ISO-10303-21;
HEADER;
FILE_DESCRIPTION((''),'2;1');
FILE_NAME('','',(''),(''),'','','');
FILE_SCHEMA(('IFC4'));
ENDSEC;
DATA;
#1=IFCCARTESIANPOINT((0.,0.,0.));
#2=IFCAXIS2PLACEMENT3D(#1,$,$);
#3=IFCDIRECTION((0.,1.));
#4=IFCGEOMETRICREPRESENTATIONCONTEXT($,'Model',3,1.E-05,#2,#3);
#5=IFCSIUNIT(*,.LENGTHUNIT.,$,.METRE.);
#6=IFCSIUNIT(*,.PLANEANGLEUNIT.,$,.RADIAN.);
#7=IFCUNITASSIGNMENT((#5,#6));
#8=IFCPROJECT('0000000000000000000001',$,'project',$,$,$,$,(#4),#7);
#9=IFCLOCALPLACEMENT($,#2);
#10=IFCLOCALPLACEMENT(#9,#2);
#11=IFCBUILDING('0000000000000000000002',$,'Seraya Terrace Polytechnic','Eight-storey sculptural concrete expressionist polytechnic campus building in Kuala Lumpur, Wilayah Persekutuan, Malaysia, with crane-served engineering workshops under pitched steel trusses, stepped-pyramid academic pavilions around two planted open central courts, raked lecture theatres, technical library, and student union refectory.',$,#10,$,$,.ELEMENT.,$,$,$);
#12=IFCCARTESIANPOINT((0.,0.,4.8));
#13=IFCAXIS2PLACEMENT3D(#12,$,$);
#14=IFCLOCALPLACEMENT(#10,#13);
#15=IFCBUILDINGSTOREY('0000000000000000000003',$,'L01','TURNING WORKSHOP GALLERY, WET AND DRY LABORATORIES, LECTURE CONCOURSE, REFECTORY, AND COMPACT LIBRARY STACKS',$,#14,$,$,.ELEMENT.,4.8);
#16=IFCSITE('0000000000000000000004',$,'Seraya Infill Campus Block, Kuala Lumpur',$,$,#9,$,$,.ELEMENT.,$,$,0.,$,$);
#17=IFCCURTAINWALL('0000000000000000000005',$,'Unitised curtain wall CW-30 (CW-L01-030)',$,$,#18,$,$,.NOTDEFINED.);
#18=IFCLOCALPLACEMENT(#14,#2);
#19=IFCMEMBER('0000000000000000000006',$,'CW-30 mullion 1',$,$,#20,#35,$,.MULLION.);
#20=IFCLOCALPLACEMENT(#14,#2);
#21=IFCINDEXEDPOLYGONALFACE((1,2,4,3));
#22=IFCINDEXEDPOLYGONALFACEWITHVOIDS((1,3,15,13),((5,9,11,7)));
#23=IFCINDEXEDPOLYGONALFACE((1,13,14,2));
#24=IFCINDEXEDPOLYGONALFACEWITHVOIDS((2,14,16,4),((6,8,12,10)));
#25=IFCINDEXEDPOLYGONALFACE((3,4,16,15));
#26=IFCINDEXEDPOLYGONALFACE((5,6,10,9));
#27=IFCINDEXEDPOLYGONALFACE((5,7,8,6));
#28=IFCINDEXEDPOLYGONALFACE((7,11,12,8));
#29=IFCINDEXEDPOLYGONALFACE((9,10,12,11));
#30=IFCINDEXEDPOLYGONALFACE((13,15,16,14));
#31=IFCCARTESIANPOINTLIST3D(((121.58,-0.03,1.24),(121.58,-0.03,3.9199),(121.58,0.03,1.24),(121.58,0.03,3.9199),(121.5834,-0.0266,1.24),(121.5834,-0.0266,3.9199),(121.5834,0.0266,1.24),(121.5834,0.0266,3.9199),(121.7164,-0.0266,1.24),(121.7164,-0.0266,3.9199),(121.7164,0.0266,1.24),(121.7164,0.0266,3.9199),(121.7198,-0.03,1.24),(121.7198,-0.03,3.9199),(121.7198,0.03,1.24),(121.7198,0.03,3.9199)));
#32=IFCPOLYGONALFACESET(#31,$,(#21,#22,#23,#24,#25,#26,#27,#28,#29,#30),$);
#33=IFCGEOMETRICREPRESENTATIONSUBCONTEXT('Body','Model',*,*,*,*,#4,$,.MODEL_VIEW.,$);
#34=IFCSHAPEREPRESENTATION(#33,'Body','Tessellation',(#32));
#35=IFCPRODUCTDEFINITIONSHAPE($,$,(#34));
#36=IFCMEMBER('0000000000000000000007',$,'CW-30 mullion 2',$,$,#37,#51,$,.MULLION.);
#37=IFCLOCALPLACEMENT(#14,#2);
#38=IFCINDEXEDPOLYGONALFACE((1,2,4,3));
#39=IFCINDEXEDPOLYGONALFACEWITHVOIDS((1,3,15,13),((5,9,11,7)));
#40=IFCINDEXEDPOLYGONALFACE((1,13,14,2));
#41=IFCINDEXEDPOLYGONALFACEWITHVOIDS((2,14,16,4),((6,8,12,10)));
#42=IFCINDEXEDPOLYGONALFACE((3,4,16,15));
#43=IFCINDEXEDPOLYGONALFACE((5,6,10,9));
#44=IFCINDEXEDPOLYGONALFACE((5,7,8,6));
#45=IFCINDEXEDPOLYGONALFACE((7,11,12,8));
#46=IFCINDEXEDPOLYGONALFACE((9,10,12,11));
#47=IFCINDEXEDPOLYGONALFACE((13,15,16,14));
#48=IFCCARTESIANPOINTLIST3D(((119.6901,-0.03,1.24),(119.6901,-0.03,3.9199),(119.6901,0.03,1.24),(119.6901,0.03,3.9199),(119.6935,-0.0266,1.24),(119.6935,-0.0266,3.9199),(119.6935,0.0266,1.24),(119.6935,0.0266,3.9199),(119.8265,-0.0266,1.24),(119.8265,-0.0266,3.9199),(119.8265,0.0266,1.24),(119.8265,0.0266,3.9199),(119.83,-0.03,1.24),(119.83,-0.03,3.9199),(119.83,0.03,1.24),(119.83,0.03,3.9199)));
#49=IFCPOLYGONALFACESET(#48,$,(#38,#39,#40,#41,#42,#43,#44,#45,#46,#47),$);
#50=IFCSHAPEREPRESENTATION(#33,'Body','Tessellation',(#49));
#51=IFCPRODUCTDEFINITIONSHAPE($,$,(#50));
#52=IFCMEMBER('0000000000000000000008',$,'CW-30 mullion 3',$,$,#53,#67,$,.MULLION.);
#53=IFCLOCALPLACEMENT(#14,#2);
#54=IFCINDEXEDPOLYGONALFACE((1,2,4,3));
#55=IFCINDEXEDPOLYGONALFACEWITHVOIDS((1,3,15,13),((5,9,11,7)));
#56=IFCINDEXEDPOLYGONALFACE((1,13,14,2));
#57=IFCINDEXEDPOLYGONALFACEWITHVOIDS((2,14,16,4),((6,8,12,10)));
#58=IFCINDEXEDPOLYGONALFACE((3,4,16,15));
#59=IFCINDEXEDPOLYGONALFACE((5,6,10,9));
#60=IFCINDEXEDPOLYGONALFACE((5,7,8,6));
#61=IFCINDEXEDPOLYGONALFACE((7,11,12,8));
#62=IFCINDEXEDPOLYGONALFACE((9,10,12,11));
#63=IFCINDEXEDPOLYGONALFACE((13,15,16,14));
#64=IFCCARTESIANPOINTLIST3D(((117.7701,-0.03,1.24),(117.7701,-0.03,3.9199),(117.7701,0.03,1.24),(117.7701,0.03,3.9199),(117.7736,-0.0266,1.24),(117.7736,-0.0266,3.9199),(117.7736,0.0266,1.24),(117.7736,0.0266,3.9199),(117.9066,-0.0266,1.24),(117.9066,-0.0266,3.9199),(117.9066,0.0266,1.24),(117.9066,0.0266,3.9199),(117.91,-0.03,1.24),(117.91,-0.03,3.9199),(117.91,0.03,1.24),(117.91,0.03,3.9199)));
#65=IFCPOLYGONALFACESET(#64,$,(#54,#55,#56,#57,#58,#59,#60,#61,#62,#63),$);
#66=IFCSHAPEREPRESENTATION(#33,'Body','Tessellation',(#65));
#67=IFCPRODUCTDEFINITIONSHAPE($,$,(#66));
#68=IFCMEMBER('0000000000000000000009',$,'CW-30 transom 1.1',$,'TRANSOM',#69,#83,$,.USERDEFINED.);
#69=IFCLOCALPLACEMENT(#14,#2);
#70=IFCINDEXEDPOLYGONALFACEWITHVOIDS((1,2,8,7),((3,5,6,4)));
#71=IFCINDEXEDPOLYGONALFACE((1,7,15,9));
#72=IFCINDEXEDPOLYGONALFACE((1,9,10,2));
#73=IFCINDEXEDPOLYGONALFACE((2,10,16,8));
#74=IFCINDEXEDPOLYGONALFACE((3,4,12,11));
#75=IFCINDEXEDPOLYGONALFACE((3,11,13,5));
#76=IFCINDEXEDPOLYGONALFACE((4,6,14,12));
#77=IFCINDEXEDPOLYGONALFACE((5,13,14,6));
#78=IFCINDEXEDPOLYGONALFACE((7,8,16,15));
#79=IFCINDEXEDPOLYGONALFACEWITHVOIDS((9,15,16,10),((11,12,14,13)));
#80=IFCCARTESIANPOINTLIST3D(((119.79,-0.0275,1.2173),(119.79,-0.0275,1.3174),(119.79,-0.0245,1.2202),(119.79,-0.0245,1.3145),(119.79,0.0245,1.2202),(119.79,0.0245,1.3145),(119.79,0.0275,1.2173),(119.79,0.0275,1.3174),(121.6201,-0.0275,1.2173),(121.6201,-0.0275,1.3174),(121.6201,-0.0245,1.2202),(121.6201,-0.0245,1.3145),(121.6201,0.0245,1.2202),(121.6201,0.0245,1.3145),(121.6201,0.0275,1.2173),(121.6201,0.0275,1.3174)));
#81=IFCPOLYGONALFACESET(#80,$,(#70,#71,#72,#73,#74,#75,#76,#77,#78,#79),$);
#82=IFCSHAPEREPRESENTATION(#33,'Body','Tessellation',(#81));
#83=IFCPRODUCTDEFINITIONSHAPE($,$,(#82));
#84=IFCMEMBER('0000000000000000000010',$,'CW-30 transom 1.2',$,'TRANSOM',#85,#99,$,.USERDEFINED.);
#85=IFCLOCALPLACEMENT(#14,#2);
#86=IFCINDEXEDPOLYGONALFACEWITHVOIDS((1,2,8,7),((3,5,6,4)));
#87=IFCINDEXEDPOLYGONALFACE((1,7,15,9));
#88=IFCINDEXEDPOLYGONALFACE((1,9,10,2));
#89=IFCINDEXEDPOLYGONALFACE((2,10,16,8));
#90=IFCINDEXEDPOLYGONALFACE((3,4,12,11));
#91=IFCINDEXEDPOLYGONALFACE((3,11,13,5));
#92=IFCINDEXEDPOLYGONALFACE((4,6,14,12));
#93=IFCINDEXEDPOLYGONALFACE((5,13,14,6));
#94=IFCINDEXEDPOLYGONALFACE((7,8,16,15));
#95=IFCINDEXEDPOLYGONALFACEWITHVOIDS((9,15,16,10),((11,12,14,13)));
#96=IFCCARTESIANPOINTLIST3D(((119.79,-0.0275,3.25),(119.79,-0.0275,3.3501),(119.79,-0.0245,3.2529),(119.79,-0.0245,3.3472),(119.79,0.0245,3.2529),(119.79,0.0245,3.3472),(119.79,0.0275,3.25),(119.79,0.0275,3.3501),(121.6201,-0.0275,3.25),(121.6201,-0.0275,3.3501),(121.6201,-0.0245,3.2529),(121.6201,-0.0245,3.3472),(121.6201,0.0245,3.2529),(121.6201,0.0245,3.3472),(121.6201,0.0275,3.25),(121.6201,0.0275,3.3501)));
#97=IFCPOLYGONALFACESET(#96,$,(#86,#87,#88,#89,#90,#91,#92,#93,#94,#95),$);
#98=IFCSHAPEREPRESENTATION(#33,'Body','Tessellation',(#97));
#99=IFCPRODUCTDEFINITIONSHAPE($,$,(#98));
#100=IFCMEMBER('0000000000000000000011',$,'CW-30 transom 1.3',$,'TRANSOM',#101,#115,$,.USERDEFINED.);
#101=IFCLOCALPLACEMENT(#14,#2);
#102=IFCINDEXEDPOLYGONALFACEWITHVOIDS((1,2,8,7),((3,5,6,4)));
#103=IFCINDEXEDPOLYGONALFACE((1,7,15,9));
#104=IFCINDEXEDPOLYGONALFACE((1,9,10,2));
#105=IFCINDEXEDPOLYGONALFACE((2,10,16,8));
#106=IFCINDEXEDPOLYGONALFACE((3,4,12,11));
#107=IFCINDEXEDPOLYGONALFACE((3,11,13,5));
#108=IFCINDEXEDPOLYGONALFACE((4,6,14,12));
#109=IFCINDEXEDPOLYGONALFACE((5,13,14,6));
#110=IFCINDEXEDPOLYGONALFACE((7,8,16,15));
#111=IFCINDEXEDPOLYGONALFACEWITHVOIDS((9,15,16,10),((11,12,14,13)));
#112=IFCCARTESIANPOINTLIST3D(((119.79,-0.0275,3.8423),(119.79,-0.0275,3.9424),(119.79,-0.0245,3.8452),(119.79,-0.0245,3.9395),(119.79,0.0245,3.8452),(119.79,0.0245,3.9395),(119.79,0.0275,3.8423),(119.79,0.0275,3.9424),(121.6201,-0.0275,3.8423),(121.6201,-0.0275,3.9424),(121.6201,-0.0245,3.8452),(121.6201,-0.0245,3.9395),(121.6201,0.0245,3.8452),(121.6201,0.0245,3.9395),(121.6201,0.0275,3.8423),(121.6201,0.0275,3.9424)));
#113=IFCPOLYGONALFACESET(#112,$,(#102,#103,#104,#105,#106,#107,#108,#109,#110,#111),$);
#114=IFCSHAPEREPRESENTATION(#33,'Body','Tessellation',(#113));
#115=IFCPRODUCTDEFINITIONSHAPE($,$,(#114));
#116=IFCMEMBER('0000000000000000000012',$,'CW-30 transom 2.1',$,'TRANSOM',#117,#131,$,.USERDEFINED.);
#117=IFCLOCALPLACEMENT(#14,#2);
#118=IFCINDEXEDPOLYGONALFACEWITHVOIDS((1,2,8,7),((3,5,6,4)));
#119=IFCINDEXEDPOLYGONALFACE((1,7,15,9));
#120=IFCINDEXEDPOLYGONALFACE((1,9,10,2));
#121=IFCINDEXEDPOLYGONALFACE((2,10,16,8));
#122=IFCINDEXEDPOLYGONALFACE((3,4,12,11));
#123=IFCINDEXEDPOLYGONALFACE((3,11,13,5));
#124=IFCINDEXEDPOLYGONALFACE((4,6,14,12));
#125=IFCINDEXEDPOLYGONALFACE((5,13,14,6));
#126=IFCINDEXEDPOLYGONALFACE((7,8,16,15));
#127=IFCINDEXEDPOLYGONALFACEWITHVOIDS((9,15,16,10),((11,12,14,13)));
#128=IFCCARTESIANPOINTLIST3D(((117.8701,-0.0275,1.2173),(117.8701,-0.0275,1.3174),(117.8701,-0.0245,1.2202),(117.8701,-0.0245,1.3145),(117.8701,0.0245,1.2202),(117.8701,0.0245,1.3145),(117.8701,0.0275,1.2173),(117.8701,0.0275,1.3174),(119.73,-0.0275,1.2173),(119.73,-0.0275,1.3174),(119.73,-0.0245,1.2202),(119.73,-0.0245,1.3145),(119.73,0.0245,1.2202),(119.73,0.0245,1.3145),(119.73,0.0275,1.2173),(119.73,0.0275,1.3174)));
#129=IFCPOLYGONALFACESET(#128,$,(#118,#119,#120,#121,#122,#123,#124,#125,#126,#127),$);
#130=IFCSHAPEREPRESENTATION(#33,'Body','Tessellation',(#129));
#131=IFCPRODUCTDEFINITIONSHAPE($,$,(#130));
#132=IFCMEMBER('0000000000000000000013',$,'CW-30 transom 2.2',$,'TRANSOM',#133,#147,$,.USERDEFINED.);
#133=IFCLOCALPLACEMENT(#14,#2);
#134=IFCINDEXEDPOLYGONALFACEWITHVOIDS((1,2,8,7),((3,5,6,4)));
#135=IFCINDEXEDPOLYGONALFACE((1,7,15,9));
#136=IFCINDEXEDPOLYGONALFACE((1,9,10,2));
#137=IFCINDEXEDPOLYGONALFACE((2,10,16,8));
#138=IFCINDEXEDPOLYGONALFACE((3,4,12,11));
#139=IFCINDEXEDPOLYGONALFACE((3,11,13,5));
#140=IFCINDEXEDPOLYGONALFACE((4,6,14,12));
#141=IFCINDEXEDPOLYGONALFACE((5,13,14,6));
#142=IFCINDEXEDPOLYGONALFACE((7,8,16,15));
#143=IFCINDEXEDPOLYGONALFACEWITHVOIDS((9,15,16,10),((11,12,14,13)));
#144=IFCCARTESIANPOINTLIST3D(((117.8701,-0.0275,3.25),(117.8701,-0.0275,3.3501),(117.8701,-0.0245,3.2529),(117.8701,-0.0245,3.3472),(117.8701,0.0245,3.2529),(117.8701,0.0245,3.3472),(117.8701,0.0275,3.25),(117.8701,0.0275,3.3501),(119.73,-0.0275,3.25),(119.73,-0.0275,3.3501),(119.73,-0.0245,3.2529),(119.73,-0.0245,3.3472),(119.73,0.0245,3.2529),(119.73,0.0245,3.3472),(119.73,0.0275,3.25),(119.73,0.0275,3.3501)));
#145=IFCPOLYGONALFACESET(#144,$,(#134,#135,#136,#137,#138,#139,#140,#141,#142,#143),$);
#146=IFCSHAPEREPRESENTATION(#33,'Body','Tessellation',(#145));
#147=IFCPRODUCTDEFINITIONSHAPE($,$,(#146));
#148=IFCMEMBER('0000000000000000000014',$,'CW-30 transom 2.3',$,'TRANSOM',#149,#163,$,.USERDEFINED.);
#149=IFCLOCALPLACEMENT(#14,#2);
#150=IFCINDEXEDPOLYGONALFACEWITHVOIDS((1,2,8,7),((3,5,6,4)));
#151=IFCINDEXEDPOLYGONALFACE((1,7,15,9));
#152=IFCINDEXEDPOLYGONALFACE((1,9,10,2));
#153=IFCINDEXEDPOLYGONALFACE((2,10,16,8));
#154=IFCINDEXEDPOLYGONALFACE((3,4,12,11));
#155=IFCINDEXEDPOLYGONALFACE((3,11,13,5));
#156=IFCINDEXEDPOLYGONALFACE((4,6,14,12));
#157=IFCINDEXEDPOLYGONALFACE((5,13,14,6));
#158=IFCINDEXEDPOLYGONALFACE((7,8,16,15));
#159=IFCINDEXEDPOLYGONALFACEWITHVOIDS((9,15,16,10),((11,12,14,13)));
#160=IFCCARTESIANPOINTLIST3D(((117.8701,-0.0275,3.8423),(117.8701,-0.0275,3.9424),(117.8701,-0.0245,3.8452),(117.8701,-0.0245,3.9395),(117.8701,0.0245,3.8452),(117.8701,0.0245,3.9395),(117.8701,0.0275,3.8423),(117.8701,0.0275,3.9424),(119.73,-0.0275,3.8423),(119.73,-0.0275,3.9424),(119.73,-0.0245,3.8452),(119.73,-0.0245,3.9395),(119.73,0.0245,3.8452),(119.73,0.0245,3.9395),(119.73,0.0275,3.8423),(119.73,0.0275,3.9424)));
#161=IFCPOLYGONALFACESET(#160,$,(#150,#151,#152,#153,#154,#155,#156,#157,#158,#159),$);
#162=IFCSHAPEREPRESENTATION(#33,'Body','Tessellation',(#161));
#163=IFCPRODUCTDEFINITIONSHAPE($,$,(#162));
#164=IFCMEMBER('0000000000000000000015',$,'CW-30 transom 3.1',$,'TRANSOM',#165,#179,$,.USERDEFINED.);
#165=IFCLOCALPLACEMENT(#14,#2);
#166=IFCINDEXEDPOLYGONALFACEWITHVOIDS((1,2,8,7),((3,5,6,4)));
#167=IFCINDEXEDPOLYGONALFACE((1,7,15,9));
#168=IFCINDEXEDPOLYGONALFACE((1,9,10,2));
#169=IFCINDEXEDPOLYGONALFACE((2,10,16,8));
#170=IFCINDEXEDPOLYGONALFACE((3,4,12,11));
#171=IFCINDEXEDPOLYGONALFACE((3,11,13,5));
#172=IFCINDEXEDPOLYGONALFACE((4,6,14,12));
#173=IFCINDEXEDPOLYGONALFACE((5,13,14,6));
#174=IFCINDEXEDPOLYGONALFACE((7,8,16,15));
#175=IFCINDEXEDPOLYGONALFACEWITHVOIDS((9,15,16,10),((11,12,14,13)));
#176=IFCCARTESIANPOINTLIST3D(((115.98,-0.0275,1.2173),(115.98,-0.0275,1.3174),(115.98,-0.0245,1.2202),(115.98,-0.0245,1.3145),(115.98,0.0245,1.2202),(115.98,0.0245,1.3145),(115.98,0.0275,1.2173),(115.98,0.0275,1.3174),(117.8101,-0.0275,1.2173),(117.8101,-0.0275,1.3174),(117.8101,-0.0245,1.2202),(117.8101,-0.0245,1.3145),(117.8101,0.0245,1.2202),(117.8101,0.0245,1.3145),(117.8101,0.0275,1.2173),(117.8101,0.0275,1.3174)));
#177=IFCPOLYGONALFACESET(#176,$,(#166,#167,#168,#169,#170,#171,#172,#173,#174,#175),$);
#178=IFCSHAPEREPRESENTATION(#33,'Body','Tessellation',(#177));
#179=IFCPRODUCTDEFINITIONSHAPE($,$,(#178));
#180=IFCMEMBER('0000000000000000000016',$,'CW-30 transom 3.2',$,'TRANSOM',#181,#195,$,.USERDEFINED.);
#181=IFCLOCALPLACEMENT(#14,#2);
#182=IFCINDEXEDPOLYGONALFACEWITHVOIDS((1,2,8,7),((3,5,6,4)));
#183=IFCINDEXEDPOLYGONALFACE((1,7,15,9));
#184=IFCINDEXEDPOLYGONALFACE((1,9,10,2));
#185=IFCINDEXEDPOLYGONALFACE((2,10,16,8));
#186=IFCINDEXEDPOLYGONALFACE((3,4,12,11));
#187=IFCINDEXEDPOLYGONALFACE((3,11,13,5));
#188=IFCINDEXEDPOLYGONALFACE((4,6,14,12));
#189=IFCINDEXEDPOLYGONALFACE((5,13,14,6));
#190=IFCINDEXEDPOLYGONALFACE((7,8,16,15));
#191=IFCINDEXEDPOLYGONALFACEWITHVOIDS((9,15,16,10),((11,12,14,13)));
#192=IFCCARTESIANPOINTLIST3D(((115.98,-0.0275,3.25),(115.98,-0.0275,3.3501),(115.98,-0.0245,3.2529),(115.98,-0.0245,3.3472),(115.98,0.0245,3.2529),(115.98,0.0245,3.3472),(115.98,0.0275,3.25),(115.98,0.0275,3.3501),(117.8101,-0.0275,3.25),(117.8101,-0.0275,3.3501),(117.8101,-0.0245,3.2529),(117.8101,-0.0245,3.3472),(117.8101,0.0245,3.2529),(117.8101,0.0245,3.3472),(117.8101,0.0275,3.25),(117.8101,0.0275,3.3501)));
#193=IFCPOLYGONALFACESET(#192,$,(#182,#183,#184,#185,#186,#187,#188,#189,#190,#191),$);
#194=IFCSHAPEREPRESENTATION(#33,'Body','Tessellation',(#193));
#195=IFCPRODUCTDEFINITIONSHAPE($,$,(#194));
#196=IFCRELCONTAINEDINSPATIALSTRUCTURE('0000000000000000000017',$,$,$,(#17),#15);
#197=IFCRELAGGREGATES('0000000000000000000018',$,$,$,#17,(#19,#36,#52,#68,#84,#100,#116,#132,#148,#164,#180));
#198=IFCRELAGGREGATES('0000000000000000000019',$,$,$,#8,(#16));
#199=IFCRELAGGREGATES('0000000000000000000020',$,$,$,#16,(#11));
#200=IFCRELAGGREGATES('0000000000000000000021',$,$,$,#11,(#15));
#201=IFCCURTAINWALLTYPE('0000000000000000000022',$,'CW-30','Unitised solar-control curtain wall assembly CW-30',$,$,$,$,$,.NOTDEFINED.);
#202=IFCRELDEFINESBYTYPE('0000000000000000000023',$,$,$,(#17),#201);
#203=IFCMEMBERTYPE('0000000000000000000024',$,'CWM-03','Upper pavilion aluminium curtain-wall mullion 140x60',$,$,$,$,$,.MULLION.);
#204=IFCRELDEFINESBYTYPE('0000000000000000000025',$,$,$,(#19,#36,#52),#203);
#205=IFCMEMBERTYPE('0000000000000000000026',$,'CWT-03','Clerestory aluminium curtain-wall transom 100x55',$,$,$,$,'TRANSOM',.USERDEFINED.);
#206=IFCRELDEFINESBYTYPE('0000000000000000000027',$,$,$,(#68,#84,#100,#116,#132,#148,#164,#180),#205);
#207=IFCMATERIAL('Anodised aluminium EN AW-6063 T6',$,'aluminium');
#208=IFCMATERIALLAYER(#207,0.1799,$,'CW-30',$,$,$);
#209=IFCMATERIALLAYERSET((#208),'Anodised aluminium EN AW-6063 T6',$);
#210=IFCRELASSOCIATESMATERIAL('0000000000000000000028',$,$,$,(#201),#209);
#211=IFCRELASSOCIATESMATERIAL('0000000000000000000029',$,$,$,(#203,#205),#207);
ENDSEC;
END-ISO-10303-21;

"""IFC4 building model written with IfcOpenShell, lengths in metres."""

from ifc_helpers import new_model, si_unit, direction, frame, origin, origin_2d, place, context, subcontext, project, spatial, hollow_rectangle, extrude, material, layer, layer_set, material_profile, profile_set, type_object, element, aggregate, save


model = new_model("IFC4")

# Units and contexts
model_context = context("Model", 3, precision=1e-05, world=origin(), true_north=direction((0.0, 1.0)))
body_context = subcontext(model_context, "Body", "Model", "MODEL_VIEW")
ifc_project = project(units=[si_unit("LENGTHUNIT", "METRE"), si_unit("PLANEANGLEUNIT", "RADIAN")], contexts=[model_context])

# Site, building, storey
site_placement = place(None, origin())
site = spatial("IfcSite", under=ifc_project, at=site_placement, Name="Seraya Infill Campus Block, Kuala Lumpur", CompositionType="ELEMENT", RefElevation=0.0)
building_placement = place(site_placement, origin())
building = spatial("IfcBuilding", under=site, at=building_placement, Name="Seraya Terrace Polytechnic", Description="Eight-storey sculptural concrete expressionist polytechnic campus building in Kuala Lumpur, Wilayah Persekutuan, Malaysia, with crane-served engineering workshops under pitched steel trusses, stepped-pyramid academic pavilions around two planted open central courts, raked lecture theatres, technical library, and student union refectory.", CompositionType="ELEMENT")
storey_placement = place(building_placement, frame((0.0, 0.0, 4.8)))
storey = spatial("IfcBuildingStorey", under=building, at=storey_placement, Name="L01", Description="TURNING WORKSHOP GALLERY, WET AND DRY LABORATORIES, LECTURE CONCOURSE, REFECTORY, AND COMPACT LIBRARY STACKS", CompositionType="ELEMENT", Elevation=4.8)

# Curtain wall, members
ifc_material_1 = material(Name="Anodised aluminium EN AW-6063 T6", Category="aluminium")
ifc_layer_1 = layer(ifc_material_1, 0.1799, Name="CW-30")
ifc_layer_set_1 = layer_set([ifc_layer_1], Name="Anodised aluminium EN AW-6063 T6")
curtain_wall_type = type_object("IfcCurtainWallType", Name="CW-30", Description="Unitised solar-control curtain wall assembly CW-30", PredefinedType="NOTDEFINED", material=ifc_layer_set_1)
curtain_wall_placement = place(storey_placement, origin())
curtain_wall = element("IfcCurtainWall", 1, at=curtain_wall_placement, inside=storey, type_object=curtain_wall_type, Name="Unitised curtain wall CW-30 (CW-L01-030)", PredefinedType="NOTDEFINED")
ifc_material_profile_1 = material_profile(ifc_material_1, hollow_rectangle(XDim=0.0601, YDim=0.1399, WallThickness=0.0034, at=origin_2d()), Name="RHS 140x60x3.5")
ifc_profile_set_1 = profile_set([ifc_material_profile_1], Name="Anodised aluminium EN AW-6063 T6")
member_type_1 = type_object("IfcMemberType", Name="CWM-03", Description="Upper pavilion aluminium curtain-wall mullion 140x60", PredefinedType="MULLION", material=ifc_profile_set_1)
member_1_placement = place(storey_placement, frame((121.6499, 0.0, 1.24), z_axis=(0.0, 0.0, 1.0), x_axis=(0.0, -1.0, 0.0)))
member_1 = element("IfcMember", 2, at=member_1_placement, type_object=member_type_1, Name="CW-30 mullion 1", PredefinedType="MULLION", context=body_context, shape_type="SweptSolid", body=[
    extrude(hollow_rectangle(XDim=0.0601, YDim=0.1399, WallThickness=0.0034, at=origin_2d()), origin(), (0.0, 0.0, 1.0), 2.6799),
])
member_2_placement = place(storey_placement, frame((119.76, 0.0, 1.24), z_axis=(0.0, 0.0, 1.0), x_axis=(0.0, -1.0, 0.0)))
member_2 = element("IfcMember", 3, at=member_2_placement, type_object=member_type_1, Name="CW-30 mullion 2", PredefinedType="MULLION", context=body_context, shape_type="SweptSolid", body=[
    extrude(hollow_rectangle(XDim=0.0601, YDim=0.1399, WallThickness=0.0034, at=origin_2d()), origin(), (0.0, 0.0, 1.0), 2.6799),
])
member_3_placement = place(storey_placement, frame((117.8401, 0.0, 1.24), z_axis=(0.0, 0.0, 1.0), x_axis=(0.0, -1.0, 0.0)))
member_3 = element("IfcMember", 4, at=member_3_placement, type_object=member_type_1, Name="CW-30 mullion 3", PredefinedType="MULLION", context=body_context, shape_type="SweptSolid", body=[
    extrude(hollow_rectangle(XDim=0.0601, YDim=0.1399, WallThickness=0.0034, at=origin_2d()), origin(), (0.0, 0.0, 1.0), 2.6799),
])
ifc_material_profile_2 = material_profile(ifc_material_1, hollow_rectangle(XDim=0.0549, YDim=0.1001, WallThickness=0.0029, at=origin_2d()), Name="RHS 100x55x3.0")
ifc_profile_set_2 = profile_set([ifc_material_profile_2], Name="Anodised aluminium EN AW-6063 T6")
member_type_2 = type_object("IfcMemberType", Name="CWT-03", Description="Clerestory aluminium curtain-wall transom 100x55", ElementType="TRANSOM", PredefinedType="USERDEFINED", material=ifc_profile_set_2)
member_4_placement = place(storey_placement, frame((121.6201, 0.0, 1.2673), z_axis=(-1.0, 0.0, 0.0), x_axis=(0.0, -1.0, 0.0)))
member_4 = element("IfcMember", 5, at=member_4_placement, type_object=member_type_2, Name="CW-30 transom 1.1", ObjectType="TRANSOM", PredefinedType="USERDEFINED", context=body_context, shape_type="SweptSolid", body=[
    extrude(hollow_rectangle(XDim=0.0549, YDim=0.1001, WallThickness=0.0029, at=origin_2d()), origin(), (0.0, 0.0, 1.0), 1.8301),
])
member_5_placement = place(storey_placement, frame((121.6201, 0.0, 3.3), z_axis=(-1.0, 0.0, 0.0), x_axis=(0.0, -1.0, 0.0)))
member_5 = element("IfcMember", 6, at=member_5_placement, type_object=member_type_2, Name="CW-30 transom 1.2", ObjectType="TRANSOM", PredefinedType="USERDEFINED", context=body_context, shape_type="SweptSolid", body=[
    extrude(hollow_rectangle(XDim=0.0549, YDim=0.1001, WallThickness=0.0029, at=origin_2d()), origin(), (0.0, 0.0, 1.0), 1.8301),
])
member_6_placement = place(storey_placement, frame((121.6201, 0.0, 3.8923), z_axis=(-1.0, 0.0, 0.0), x_axis=(0.0, -1.0, 0.0)))
member_6 = element("IfcMember", 7, at=member_6_placement, type_object=member_type_2, Name="CW-30 transom 1.3", ObjectType="TRANSOM", PredefinedType="USERDEFINED", context=body_context, shape_type="SweptSolid", body=[
    extrude(hollow_rectangle(XDim=0.0549, YDim=0.1001, WallThickness=0.0029, at=origin_2d()), origin(), (0.0, 0.0, 1.0), 1.8301),
])
member_7_placement = place(storey_placement, frame((119.73, 0.0, 1.2673), z_axis=(-1.0, 0.0, 0.0), x_axis=(0.0, -1.0, 0.0)))
member_7 = element("IfcMember", 8, at=member_7_placement, type_object=member_type_2, Name="CW-30 transom 2.1", ObjectType="TRANSOM", PredefinedType="USERDEFINED", context=body_context, shape_type="SweptSolid", body=[
    extrude(hollow_rectangle(XDim=0.0549, YDim=0.1001, WallThickness=0.0029, at=origin_2d()), origin(), (0.0, 0.0, 1.0), 1.8599),
])
member_8_placement = place(storey_placement, frame((119.73, 0.0, 3.3), z_axis=(-1.0, 0.0, 0.0), x_axis=(0.0, -1.0, 0.0)))
member_8 = element("IfcMember", 9, at=member_8_placement, type_object=member_type_2, Name="CW-30 transom 2.2", ObjectType="TRANSOM", PredefinedType="USERDEFINED", context=body_context, shape_type="SweptSolid", body=[
    extrude(hollow_rectangle(XDim=0.0549, YDim=0.1001, WallThickness=0.0029, at=origin_2d()), origin(), (0.0, 0.0, 1.0), 1.8599),
])
member_9_placement = place(storey_placement, frame((119.73, 0.0, 3.8923), z_axis=(-1.0, 0.0, 0.0), x_axis=(0.0, -1.0, 0.0)))
member_9 = element("IfcMember", 10, at=member_9_placement, type_object=member_type_2, Name="CW-30 transom 2.3", ObjectType="TRANSOM", PredefinedType="USERDEFINED", context=body_context, shape_type="SweptSolid", body=[
    extrude(hollow_rectangle(XDim=0.0549, YDim=0.1001, WallThickness=0.0029, at=origin_2d()), origin(), (0.0, 0.0, 1.0), 1.8599),
])
member_10_placement = place(storey_placement, frame((117.8101, 0.0, 1.2673), z_axis=(-1.0, 0.0, 0.0), x_axis=(0.0, -1.0, 0.0)))
member_10 = element("IfcMember", 11, at=member_10_placement, type_object=member_type_2, Name="CW-30 transom 3.1", ObjectType="TRANSOM", PredefinedType="USERDEFINED", context=body_context, shape_type="SweptSolid", body=[
    extrude(hollow_rectangle(XDim=0.0549, YDim=0.1001, WallThickness=0.0029, at=origin_2d()), origin(), (0.0, 0.0, 1.0), 1.8301),
])
member_11_placement = place(storey_placement, frame((117.8101, 0.0, 3.3), z_axis=(-1.0, 0.0, 0.0), x_axis=(0.0, -1.0, 0.0)))
member_11 = element("IfcMember", 12, at=member_11_placement, type_object=member_type_2, Name="CW-30 transom 3.2", ObjectType="TRANSOM", PredefinedType="USERDEFINED", context=body_context, shape_type="SweptSolid", body=[
    extrude(hollow_rectangle(XDim=0.0549, YDim=0.1001, WallThickness=0.0029, at=origin_2d()), origin(), (0.0, 0.0, 1.0), 1.8301),
])
aggregate(curtain_wall, [member_1, member_2, member_3, member_4, member_5, member_6, member_7, member_8, member_9, member_10, member_11])

save(model, "model.ifc")
